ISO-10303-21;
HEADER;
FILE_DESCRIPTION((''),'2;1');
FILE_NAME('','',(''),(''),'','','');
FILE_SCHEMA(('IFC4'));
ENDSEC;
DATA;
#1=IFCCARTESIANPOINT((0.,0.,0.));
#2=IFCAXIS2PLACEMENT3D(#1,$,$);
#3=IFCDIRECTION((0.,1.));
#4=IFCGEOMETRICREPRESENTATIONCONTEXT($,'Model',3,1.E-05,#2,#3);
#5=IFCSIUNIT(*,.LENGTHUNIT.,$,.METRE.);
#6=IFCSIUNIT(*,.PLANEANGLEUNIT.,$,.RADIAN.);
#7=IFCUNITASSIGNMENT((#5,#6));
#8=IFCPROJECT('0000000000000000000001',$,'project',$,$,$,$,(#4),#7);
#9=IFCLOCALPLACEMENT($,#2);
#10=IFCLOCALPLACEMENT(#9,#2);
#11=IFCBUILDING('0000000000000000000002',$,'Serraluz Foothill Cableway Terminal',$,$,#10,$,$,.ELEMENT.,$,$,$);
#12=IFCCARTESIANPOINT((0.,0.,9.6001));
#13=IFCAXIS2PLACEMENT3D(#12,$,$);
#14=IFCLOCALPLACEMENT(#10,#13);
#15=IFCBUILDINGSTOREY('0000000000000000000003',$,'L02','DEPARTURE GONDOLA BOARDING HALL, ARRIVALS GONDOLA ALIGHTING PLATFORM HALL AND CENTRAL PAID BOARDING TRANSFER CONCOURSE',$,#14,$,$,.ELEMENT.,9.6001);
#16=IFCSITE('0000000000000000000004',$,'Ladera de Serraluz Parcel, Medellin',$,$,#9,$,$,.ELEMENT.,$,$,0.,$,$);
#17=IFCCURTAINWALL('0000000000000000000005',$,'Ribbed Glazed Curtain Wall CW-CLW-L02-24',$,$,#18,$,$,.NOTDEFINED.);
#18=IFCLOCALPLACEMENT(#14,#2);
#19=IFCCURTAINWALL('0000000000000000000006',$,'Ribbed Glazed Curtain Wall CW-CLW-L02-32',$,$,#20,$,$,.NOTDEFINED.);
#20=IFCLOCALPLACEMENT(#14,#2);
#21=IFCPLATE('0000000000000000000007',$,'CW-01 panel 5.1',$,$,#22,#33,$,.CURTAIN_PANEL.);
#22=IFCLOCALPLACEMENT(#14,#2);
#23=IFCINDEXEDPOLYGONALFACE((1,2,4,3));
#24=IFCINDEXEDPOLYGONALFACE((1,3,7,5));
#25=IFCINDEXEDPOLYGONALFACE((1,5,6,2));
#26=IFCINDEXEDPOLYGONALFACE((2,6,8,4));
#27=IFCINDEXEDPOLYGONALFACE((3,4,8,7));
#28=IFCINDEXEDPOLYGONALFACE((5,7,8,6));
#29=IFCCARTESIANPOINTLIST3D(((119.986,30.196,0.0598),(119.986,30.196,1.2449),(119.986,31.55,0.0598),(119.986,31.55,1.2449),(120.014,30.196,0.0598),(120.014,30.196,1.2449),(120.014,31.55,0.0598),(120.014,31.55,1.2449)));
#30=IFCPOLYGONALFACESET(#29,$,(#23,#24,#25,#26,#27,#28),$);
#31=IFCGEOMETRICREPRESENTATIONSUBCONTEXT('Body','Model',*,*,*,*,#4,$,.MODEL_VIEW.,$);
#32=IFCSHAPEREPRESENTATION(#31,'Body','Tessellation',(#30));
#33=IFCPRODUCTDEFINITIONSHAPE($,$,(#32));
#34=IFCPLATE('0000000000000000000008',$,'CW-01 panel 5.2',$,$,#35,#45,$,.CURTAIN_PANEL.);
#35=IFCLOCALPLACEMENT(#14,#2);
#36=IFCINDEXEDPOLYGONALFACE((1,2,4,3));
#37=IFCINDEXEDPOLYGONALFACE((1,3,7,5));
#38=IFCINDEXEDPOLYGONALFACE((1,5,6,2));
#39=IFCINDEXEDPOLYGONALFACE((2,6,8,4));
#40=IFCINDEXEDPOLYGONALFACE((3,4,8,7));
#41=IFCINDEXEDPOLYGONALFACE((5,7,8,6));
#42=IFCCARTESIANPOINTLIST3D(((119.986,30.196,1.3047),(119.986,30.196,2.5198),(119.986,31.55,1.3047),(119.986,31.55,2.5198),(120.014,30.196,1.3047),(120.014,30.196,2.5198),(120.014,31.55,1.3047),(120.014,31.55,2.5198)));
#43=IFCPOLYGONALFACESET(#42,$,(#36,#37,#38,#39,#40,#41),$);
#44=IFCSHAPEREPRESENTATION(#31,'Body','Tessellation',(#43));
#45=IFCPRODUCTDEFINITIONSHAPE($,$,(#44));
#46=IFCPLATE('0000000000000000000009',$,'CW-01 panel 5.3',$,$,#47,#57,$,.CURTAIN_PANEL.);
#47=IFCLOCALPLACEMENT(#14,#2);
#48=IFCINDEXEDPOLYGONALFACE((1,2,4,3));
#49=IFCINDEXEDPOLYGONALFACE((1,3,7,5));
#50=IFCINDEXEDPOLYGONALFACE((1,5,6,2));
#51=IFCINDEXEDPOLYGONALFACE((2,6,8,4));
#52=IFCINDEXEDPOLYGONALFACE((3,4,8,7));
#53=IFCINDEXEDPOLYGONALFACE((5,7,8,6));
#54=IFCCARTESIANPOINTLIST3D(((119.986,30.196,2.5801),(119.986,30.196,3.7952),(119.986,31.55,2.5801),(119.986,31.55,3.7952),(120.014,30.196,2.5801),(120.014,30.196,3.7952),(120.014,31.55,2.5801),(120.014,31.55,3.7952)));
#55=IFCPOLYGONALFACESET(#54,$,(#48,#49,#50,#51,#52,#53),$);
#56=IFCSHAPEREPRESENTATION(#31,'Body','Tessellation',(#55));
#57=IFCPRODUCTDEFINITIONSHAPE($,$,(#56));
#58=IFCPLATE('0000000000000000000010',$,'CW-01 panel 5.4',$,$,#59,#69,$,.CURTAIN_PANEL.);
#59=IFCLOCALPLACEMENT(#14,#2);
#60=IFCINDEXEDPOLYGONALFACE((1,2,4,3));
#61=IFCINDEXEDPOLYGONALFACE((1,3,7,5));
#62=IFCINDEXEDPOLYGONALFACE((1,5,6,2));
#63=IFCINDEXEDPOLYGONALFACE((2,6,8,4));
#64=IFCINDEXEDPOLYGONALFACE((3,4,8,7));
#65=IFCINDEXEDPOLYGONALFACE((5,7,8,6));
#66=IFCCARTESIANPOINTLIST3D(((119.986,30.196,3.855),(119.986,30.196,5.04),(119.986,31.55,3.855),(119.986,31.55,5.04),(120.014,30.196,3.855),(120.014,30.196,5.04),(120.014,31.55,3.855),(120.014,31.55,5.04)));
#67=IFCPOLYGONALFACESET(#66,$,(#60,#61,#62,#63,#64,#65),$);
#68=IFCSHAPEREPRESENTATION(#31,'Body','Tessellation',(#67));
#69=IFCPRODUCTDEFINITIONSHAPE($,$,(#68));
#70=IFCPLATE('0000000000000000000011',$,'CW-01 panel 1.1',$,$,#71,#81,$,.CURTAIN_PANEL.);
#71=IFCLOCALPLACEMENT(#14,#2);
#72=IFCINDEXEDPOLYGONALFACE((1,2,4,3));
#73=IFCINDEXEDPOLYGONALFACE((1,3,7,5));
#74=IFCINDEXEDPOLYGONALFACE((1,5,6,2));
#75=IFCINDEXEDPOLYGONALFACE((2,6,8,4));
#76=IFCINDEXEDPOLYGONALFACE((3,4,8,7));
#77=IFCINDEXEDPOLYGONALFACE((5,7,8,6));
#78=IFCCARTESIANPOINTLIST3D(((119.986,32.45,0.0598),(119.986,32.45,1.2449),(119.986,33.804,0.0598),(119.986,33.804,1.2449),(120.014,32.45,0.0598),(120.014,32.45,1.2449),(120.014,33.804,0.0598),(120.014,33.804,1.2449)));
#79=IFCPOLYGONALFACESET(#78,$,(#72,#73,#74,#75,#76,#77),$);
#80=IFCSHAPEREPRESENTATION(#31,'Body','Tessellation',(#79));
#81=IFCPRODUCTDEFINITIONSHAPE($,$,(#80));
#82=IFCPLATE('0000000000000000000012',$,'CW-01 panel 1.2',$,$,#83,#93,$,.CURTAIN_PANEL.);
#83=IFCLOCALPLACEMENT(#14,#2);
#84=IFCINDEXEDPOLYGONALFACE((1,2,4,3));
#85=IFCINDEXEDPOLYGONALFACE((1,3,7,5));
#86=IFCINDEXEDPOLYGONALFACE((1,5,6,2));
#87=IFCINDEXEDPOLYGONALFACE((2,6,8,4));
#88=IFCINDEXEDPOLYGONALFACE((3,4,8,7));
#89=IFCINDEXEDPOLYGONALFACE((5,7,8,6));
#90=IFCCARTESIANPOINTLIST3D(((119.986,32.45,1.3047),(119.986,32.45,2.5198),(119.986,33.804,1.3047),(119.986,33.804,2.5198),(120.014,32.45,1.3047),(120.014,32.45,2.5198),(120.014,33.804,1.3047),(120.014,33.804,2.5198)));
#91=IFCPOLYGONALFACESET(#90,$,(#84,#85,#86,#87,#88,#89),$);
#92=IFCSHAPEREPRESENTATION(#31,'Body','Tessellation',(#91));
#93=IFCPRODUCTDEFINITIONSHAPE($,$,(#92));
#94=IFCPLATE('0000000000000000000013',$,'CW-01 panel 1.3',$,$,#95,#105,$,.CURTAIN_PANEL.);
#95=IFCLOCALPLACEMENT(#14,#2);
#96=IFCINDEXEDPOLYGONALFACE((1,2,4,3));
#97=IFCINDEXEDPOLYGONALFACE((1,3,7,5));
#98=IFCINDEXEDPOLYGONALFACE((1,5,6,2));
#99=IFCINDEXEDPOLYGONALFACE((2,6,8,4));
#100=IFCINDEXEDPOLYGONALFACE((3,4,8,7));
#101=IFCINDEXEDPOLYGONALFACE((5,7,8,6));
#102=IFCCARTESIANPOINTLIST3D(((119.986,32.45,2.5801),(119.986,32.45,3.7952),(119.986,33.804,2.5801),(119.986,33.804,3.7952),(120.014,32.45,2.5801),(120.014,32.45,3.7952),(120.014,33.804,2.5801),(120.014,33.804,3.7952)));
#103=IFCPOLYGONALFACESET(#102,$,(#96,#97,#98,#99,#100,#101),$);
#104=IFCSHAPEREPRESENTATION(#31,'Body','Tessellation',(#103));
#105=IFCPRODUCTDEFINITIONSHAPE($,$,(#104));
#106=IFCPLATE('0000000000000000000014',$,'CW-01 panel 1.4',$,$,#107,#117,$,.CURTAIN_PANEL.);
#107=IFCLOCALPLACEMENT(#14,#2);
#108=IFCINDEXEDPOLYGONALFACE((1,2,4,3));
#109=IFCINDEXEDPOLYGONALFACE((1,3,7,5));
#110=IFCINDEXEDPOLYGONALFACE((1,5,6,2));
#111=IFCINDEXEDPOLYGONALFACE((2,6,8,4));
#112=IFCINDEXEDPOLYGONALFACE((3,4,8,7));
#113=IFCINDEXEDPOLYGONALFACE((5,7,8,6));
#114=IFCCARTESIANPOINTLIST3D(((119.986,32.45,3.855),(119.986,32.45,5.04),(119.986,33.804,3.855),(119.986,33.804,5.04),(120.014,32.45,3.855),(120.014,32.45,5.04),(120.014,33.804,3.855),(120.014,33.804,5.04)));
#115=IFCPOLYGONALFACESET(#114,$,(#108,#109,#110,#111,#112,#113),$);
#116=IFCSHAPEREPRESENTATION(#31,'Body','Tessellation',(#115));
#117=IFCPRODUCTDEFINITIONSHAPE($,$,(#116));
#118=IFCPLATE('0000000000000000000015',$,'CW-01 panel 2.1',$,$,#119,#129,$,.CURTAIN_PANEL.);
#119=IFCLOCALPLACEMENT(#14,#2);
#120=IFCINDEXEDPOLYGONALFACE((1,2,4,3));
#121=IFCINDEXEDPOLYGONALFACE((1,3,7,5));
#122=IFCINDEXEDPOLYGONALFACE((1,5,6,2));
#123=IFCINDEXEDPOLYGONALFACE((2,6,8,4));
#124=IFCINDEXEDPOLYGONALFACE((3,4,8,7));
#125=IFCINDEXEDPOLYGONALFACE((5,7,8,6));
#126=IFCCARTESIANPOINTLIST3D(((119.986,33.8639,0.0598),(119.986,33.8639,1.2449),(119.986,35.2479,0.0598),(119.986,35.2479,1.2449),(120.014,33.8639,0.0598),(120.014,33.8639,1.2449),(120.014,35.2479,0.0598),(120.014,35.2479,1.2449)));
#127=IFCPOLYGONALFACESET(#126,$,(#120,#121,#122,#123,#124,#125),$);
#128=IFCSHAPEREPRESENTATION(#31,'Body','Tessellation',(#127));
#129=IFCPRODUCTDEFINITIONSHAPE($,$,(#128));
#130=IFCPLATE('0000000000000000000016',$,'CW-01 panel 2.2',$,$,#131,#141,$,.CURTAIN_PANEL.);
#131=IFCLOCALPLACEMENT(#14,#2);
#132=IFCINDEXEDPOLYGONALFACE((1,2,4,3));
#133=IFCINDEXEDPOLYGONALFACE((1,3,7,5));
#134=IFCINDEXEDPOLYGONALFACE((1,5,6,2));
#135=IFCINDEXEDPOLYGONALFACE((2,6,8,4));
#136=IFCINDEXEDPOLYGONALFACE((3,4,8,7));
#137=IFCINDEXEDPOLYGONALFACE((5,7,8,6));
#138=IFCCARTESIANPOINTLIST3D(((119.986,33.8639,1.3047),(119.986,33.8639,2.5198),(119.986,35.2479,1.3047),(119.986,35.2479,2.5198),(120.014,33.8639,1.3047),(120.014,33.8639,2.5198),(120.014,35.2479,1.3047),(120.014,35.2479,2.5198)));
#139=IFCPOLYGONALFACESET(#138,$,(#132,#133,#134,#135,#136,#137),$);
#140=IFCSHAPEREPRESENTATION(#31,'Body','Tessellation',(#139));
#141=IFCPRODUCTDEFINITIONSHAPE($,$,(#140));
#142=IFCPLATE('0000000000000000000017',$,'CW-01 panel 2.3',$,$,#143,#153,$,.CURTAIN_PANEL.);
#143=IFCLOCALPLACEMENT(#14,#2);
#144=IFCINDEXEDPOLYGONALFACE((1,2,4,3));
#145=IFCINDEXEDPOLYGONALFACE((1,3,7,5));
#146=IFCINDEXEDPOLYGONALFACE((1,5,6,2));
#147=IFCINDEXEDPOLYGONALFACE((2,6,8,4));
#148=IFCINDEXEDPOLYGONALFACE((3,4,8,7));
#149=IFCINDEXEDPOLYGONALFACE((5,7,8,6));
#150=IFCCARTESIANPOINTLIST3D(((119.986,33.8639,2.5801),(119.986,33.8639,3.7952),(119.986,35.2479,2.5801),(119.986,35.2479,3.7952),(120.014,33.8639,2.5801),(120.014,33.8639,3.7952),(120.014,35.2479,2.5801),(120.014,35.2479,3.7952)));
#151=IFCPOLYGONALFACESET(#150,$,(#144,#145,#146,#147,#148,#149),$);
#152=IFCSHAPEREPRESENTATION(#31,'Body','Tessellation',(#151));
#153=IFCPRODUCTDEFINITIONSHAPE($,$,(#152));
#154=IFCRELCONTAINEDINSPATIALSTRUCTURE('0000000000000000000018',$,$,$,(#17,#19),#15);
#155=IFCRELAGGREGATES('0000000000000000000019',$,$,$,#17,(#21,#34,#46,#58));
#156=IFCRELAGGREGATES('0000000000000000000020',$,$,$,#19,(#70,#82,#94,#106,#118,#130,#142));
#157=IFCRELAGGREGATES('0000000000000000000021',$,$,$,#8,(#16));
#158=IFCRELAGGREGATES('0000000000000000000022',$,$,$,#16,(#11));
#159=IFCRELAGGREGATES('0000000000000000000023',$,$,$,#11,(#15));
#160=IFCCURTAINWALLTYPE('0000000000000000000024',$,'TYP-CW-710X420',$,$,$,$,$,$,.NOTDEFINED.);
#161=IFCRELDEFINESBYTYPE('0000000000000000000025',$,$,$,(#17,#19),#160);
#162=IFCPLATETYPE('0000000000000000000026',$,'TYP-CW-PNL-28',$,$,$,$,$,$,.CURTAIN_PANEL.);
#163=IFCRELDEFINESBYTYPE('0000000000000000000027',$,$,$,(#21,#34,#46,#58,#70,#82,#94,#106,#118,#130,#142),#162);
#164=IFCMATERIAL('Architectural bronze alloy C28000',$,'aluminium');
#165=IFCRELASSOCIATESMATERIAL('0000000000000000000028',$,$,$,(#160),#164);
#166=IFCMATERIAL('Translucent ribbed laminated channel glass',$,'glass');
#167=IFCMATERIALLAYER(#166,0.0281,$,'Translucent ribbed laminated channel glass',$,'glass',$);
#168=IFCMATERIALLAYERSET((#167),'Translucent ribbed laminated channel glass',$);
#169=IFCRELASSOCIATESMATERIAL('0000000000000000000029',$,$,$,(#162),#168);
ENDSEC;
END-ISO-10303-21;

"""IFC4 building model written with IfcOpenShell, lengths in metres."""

from ifc_helpers import new_model, si_unit, direction, frame, origin, origin_2d, place, context, subcontext, project, spatial, rectangle, extrude, material, layer, layer_set, type_object, element, aggregate, save


model = new_model("IFC4")

# Units and contexts
model_context = context("Model", 3, precision=1e-05, world=origin(), true_north=direction((0.0, 1.0)))
body_context = subcontext(model_context, "Body", "Model", "MODEL_VIEW")
ifc_project = project(units=[si_unit("LENGTHUNIT", "METRE"), si_unit("PLANEANGLEUNIT", "RADIAN")], contexts=[model_context])

# Site, building, storey
site_placement = place(None, origin())
site = spatial("IfcSite", under=ifc_project, at=site_placement, Name="Ladera de Serraluz Parcel, Medellin", CompositionType="ELEMENT", RefElevation=0.0)
building_placement = place(site_placement, origin())
building = spatial("IfcBuilding", under=site, at=building_placement, Name="Serraluz Foothill Cableway Terminal", CompositionType="ELEMENT")
storey_placement = place(building_placement, frame((0.0, 0.0, 9.6001)))
storey = spatial("IfcBuildingStorey", under=building, at=storey_placement, Name="L02", Description="DEPARTURE GONDOLA BOARDING HALL, ARRIVALS GONDOLA ALIGHTING PLATFORM HALL AND CENTRAL PAID BOARDING TRANSFER CONCOURSE", CompositionType="ELEMENT", Elevation=9.6001)

# Curtain wall
ifc_material_1 = material(Name="Architectural bronze alloy C28000", Category="aluminium")
curtain_wall_type = type_object("IfcCurtainWallType", Name="TYP-CW-710X420", PredefinedType="NOTDEFINED", material=ifc_material_1)
curtain_wall_1_placement = place(storey_placement, origin())
curtain_wall_1 = element("IfcCurtainWall", 1, at=curtain_wall_1_placement, inside=storey, type_object=curtain_wall_type, Name="Ribbed Glazed Curtain Wall CW-CLW-L02-24", PredefinedType="NOTDEFINED")

# Curtain wall
curtain_wall_2_placement = place(storey_placement, origin())
curtain_wall_2 = element("IfcCurtainWall", 2, at=curtain_wall_2_placement, inside=storey, type_object=curtain_wall_type, Name="Ribbed Glazed Curtain Wall CW-CLW-L02-32", PredefinedType="NOTDEFINED")

# Plates
ifc_material_2 = material(Name="Translucent ribbed laminated channel glass", Category="glass")
ifc_layer = layer(ifc_material_2, 0.0281, Name="Translucent ribbed laminated channel glass", Category="glass")
ifc_layer_set = layer_set([ifc_layer], Name="Translucent ribbed laminated channel glass")
plate_type = type_object("IfcPlateType", Name="TYP-CW-PNL-28", PredefinedType="CURTAIN_PANEL", material=ifc_layer_set)
plate_1_placement = place(storey_placement, frame((120.0, 30.873, 0.0598), z_axis=(0.0, 0.0, 1.0), x_axis=(0.0, 1.0, 0.0)))
plate_1 = element("IfcPlate", 3, at=plate_1_placement, type_object=plate_type, Name="CW-01 panel 5.1", PredefinedType="CURTAIN_PANEL", context=body_context, shape_type="SweptSolid", body=[
    extrude(rectangle(XDim=1.354, YDim=0.0281, at=origin_2d()), origin(), (0.0, 0.0, 1.0), 1.1851),
])
plate_2_placement = place(storey_placement, frame((120.0, 30.873, 1.3047), z_axis=(0.0, 0.0, 1.0), x_axis=(0.0, 1.0, 0.0)))
plate_2 = element("IfcPlate", 4, at=plate_2_placement, type_object=plate_type, Name="CW-01 panel 5.2", PredefinedType="CURTAIN_PANEL", context=body_context, shape_type="SweptSolid", body=[
    extrude(rectangle(XDim=1.354, YDim=0.0281, at=origin_2d()), origin(), (0.0, 0.0, 1.0), 1.2151),
])
plate_3_placement = place(storey_placement, frame((120.0, 30.873, 2.5801), z_axis=(0.0, 0.0, 1.0), x_axis=(0.0, 1.0, 0.0)))
plate_3 = element("IfcPlate", 5, at=plate_3_placement, type_object=plate_type, Name="CW-01 panel 5.3", PredefinedType="CURTAIN_PANEL", context=body_context, shape_type="SweptSolid", body=[
    extrude(rectangle(XDim=1.354, YDim=0.0281, at=origin_2d()), origin(), (0.0, 0.0, 1.0), 1.2151),
])
plate_4_placement = place(storey_placement, frame((120.0, 30.873, 3.855), z_axis=(0.0, 0.0, 1.0), x_axis=(0.0, 1.0, 0.0)))
plate_4 = element("IfcPlate", 6, at=plate_4_placement, type_object=plate_type, Name="CW-01 panel 5.4", PredefinedType="CURTAIN_PANEL", context=body_context, shape_type="SweptSolid", body=[
    extrude(rectangle(XDim=1.354, YDim=0.0281, at=origin_2d()), origin(), (0.0, 0.0, 1.0), 1.1851),
])
aggregate(curtain_wall_1, [plate_1, plate_2, plate_3, plate_4])
plate_5_placement = place(storey_placement, frame((120.0, 33.127, 0.0598), z_axis=(0.0, 0.0, 1.0), x_axis=(0.0, 1.0, 0.0)))
plate_5 = element("IfcPlate", 7, at=plate_5_placement, type_object=plate_type, Name="CW-01 panel 1.1", PredefinedType="CURTAIN_PANEL", context=body_context, shape_type="SweptSolid", body=[
    extrude(rectangle(XDim=1.354, YDim=0.0281, at=origin_2d()), origin(), (0.0, 0.0, 1.0), 1.1851),
])
plate_6_placement = place(storey_placement, frame((120.0, 33.127, 1.3047), z_axis=(0.0, 0.0, 1.0), x_axis=(0.0, 1.0, 0.0)))
plate_6 = element("IfcPlate", 8, at=plate_6_placement, type_object=plate_type, Name="CW-01 panel 1.2", PredefinedType="CURTAIN_PANEL", context=body_context, shape_type="SweptSolid", body=[
    extrude(rectangle(XDim=1.354, YDim=0.0281, at=origin_2d()), origin(), (0.0, 0.0, 1.0), 1.2151),
])
plate_7_placement = place(storey_placement, frame((120.0, 33.127, 2.5801), z_axis=(0.0, 0.0, 1.0), x_axis=(0.0, 1.0, 0.0)))
plate_7 = element("IfcPlate", 9, at=plate_7_placement, type_object=plate_type, Name="CW-01 panel 1.3", PredefinedType="CURTAIN_PANEL", context=body_context, shape_type="SweptSolid", body=[
    extrude(rectangle(XDim=1.354, YDim=0.0281, at=origin_2d()), origin(), (0.0, 0.0, 1.0), 1.2151),
])
plate_8_placement = place(storey_placement, frame((120.0, 33.127, 3.855), z_axis=(0.0, 0.0, 1.0), x_axis=(0.0, 1.0, 0.0)))
plate_8 = element("IfcPlate", 10, at=plate_8_placement, type_object=plate_type, Name="CW-01 panel 1.4", PredefinedType="CURTAIN_PANEL", context=body_context, shape_type="SweptSolid", body=[
    extrude(rectangle(XDim=1.354, YDim=0.0281, at=origin_2d()), origin(), (0.0, 0.0, 1.0), 1.1851),
])
plate_9_placement = place(storey_placement, frame((120.0, 34.5559, 0.0598), z_axis=(0.0, 0.0, 1.0), x_axis=(0.0, 1.0, 0.0)))
plate_9 = element("IfcPlate", 11, at=plate_9_placement, type_object=plate_type, Name="CW-01 panel 2.1", PredefinedType="CURTAIN_PANEL", context=body_context, shape_type="SweptSolid", body=[
    extrude(rectangle(XDim=1.384, YDim=0.0281, at=origin_2d()), origin(), (0.0, 0.0, 1.0), 1.1851),
])
plate_10_placement = place(storey_placement, frame((120.0, 34.5559, 1.3047), z_axis=(0.0, 0.0, 1.0), x_axis=(0.0, 1.0, 0.0)))
plate_10 = element("IfcPlate", 12, at=plate_10_placement, type_object=plate_type, Name="CW-01 panel 2.2", PredefinedType="CURTAIN_PANEL", context=body_context, shape_type="SweptSolid", body=[
    extrude(rectangle(XDim=1.384, YDim=0.0281, at=origin_2d()), origin(), (0.0, 0.0, 1.0), 1.2151),
])
plate_11_placement = place(storey_placement, frame((120.0, 34.5559, 2.5801), z_axis=(0.0, 0.0, 1.0), x_axis=(0.0, 1.0, 0.0)))
plate_11 = element("IfcPlate", 13, at=plate_11_placement, type_object=plate_type, Name="CW-01 panel 2.3", PredefinedType="CURTAIN_PANEL", context=body_context, shape_type="SweptSolid", body=[
    extrude(rectangle(XDim=1.384, YDim=0.0281, at=origin_2d()), origin(), (0.0, 0.0, 1.0), 1.2151),
])
aggregate(curtain_wall_2, [plate_5, plate_6, plate_7, plate_8, plate_9, plate_10, plate_11])

save(model, "model.ifc")
